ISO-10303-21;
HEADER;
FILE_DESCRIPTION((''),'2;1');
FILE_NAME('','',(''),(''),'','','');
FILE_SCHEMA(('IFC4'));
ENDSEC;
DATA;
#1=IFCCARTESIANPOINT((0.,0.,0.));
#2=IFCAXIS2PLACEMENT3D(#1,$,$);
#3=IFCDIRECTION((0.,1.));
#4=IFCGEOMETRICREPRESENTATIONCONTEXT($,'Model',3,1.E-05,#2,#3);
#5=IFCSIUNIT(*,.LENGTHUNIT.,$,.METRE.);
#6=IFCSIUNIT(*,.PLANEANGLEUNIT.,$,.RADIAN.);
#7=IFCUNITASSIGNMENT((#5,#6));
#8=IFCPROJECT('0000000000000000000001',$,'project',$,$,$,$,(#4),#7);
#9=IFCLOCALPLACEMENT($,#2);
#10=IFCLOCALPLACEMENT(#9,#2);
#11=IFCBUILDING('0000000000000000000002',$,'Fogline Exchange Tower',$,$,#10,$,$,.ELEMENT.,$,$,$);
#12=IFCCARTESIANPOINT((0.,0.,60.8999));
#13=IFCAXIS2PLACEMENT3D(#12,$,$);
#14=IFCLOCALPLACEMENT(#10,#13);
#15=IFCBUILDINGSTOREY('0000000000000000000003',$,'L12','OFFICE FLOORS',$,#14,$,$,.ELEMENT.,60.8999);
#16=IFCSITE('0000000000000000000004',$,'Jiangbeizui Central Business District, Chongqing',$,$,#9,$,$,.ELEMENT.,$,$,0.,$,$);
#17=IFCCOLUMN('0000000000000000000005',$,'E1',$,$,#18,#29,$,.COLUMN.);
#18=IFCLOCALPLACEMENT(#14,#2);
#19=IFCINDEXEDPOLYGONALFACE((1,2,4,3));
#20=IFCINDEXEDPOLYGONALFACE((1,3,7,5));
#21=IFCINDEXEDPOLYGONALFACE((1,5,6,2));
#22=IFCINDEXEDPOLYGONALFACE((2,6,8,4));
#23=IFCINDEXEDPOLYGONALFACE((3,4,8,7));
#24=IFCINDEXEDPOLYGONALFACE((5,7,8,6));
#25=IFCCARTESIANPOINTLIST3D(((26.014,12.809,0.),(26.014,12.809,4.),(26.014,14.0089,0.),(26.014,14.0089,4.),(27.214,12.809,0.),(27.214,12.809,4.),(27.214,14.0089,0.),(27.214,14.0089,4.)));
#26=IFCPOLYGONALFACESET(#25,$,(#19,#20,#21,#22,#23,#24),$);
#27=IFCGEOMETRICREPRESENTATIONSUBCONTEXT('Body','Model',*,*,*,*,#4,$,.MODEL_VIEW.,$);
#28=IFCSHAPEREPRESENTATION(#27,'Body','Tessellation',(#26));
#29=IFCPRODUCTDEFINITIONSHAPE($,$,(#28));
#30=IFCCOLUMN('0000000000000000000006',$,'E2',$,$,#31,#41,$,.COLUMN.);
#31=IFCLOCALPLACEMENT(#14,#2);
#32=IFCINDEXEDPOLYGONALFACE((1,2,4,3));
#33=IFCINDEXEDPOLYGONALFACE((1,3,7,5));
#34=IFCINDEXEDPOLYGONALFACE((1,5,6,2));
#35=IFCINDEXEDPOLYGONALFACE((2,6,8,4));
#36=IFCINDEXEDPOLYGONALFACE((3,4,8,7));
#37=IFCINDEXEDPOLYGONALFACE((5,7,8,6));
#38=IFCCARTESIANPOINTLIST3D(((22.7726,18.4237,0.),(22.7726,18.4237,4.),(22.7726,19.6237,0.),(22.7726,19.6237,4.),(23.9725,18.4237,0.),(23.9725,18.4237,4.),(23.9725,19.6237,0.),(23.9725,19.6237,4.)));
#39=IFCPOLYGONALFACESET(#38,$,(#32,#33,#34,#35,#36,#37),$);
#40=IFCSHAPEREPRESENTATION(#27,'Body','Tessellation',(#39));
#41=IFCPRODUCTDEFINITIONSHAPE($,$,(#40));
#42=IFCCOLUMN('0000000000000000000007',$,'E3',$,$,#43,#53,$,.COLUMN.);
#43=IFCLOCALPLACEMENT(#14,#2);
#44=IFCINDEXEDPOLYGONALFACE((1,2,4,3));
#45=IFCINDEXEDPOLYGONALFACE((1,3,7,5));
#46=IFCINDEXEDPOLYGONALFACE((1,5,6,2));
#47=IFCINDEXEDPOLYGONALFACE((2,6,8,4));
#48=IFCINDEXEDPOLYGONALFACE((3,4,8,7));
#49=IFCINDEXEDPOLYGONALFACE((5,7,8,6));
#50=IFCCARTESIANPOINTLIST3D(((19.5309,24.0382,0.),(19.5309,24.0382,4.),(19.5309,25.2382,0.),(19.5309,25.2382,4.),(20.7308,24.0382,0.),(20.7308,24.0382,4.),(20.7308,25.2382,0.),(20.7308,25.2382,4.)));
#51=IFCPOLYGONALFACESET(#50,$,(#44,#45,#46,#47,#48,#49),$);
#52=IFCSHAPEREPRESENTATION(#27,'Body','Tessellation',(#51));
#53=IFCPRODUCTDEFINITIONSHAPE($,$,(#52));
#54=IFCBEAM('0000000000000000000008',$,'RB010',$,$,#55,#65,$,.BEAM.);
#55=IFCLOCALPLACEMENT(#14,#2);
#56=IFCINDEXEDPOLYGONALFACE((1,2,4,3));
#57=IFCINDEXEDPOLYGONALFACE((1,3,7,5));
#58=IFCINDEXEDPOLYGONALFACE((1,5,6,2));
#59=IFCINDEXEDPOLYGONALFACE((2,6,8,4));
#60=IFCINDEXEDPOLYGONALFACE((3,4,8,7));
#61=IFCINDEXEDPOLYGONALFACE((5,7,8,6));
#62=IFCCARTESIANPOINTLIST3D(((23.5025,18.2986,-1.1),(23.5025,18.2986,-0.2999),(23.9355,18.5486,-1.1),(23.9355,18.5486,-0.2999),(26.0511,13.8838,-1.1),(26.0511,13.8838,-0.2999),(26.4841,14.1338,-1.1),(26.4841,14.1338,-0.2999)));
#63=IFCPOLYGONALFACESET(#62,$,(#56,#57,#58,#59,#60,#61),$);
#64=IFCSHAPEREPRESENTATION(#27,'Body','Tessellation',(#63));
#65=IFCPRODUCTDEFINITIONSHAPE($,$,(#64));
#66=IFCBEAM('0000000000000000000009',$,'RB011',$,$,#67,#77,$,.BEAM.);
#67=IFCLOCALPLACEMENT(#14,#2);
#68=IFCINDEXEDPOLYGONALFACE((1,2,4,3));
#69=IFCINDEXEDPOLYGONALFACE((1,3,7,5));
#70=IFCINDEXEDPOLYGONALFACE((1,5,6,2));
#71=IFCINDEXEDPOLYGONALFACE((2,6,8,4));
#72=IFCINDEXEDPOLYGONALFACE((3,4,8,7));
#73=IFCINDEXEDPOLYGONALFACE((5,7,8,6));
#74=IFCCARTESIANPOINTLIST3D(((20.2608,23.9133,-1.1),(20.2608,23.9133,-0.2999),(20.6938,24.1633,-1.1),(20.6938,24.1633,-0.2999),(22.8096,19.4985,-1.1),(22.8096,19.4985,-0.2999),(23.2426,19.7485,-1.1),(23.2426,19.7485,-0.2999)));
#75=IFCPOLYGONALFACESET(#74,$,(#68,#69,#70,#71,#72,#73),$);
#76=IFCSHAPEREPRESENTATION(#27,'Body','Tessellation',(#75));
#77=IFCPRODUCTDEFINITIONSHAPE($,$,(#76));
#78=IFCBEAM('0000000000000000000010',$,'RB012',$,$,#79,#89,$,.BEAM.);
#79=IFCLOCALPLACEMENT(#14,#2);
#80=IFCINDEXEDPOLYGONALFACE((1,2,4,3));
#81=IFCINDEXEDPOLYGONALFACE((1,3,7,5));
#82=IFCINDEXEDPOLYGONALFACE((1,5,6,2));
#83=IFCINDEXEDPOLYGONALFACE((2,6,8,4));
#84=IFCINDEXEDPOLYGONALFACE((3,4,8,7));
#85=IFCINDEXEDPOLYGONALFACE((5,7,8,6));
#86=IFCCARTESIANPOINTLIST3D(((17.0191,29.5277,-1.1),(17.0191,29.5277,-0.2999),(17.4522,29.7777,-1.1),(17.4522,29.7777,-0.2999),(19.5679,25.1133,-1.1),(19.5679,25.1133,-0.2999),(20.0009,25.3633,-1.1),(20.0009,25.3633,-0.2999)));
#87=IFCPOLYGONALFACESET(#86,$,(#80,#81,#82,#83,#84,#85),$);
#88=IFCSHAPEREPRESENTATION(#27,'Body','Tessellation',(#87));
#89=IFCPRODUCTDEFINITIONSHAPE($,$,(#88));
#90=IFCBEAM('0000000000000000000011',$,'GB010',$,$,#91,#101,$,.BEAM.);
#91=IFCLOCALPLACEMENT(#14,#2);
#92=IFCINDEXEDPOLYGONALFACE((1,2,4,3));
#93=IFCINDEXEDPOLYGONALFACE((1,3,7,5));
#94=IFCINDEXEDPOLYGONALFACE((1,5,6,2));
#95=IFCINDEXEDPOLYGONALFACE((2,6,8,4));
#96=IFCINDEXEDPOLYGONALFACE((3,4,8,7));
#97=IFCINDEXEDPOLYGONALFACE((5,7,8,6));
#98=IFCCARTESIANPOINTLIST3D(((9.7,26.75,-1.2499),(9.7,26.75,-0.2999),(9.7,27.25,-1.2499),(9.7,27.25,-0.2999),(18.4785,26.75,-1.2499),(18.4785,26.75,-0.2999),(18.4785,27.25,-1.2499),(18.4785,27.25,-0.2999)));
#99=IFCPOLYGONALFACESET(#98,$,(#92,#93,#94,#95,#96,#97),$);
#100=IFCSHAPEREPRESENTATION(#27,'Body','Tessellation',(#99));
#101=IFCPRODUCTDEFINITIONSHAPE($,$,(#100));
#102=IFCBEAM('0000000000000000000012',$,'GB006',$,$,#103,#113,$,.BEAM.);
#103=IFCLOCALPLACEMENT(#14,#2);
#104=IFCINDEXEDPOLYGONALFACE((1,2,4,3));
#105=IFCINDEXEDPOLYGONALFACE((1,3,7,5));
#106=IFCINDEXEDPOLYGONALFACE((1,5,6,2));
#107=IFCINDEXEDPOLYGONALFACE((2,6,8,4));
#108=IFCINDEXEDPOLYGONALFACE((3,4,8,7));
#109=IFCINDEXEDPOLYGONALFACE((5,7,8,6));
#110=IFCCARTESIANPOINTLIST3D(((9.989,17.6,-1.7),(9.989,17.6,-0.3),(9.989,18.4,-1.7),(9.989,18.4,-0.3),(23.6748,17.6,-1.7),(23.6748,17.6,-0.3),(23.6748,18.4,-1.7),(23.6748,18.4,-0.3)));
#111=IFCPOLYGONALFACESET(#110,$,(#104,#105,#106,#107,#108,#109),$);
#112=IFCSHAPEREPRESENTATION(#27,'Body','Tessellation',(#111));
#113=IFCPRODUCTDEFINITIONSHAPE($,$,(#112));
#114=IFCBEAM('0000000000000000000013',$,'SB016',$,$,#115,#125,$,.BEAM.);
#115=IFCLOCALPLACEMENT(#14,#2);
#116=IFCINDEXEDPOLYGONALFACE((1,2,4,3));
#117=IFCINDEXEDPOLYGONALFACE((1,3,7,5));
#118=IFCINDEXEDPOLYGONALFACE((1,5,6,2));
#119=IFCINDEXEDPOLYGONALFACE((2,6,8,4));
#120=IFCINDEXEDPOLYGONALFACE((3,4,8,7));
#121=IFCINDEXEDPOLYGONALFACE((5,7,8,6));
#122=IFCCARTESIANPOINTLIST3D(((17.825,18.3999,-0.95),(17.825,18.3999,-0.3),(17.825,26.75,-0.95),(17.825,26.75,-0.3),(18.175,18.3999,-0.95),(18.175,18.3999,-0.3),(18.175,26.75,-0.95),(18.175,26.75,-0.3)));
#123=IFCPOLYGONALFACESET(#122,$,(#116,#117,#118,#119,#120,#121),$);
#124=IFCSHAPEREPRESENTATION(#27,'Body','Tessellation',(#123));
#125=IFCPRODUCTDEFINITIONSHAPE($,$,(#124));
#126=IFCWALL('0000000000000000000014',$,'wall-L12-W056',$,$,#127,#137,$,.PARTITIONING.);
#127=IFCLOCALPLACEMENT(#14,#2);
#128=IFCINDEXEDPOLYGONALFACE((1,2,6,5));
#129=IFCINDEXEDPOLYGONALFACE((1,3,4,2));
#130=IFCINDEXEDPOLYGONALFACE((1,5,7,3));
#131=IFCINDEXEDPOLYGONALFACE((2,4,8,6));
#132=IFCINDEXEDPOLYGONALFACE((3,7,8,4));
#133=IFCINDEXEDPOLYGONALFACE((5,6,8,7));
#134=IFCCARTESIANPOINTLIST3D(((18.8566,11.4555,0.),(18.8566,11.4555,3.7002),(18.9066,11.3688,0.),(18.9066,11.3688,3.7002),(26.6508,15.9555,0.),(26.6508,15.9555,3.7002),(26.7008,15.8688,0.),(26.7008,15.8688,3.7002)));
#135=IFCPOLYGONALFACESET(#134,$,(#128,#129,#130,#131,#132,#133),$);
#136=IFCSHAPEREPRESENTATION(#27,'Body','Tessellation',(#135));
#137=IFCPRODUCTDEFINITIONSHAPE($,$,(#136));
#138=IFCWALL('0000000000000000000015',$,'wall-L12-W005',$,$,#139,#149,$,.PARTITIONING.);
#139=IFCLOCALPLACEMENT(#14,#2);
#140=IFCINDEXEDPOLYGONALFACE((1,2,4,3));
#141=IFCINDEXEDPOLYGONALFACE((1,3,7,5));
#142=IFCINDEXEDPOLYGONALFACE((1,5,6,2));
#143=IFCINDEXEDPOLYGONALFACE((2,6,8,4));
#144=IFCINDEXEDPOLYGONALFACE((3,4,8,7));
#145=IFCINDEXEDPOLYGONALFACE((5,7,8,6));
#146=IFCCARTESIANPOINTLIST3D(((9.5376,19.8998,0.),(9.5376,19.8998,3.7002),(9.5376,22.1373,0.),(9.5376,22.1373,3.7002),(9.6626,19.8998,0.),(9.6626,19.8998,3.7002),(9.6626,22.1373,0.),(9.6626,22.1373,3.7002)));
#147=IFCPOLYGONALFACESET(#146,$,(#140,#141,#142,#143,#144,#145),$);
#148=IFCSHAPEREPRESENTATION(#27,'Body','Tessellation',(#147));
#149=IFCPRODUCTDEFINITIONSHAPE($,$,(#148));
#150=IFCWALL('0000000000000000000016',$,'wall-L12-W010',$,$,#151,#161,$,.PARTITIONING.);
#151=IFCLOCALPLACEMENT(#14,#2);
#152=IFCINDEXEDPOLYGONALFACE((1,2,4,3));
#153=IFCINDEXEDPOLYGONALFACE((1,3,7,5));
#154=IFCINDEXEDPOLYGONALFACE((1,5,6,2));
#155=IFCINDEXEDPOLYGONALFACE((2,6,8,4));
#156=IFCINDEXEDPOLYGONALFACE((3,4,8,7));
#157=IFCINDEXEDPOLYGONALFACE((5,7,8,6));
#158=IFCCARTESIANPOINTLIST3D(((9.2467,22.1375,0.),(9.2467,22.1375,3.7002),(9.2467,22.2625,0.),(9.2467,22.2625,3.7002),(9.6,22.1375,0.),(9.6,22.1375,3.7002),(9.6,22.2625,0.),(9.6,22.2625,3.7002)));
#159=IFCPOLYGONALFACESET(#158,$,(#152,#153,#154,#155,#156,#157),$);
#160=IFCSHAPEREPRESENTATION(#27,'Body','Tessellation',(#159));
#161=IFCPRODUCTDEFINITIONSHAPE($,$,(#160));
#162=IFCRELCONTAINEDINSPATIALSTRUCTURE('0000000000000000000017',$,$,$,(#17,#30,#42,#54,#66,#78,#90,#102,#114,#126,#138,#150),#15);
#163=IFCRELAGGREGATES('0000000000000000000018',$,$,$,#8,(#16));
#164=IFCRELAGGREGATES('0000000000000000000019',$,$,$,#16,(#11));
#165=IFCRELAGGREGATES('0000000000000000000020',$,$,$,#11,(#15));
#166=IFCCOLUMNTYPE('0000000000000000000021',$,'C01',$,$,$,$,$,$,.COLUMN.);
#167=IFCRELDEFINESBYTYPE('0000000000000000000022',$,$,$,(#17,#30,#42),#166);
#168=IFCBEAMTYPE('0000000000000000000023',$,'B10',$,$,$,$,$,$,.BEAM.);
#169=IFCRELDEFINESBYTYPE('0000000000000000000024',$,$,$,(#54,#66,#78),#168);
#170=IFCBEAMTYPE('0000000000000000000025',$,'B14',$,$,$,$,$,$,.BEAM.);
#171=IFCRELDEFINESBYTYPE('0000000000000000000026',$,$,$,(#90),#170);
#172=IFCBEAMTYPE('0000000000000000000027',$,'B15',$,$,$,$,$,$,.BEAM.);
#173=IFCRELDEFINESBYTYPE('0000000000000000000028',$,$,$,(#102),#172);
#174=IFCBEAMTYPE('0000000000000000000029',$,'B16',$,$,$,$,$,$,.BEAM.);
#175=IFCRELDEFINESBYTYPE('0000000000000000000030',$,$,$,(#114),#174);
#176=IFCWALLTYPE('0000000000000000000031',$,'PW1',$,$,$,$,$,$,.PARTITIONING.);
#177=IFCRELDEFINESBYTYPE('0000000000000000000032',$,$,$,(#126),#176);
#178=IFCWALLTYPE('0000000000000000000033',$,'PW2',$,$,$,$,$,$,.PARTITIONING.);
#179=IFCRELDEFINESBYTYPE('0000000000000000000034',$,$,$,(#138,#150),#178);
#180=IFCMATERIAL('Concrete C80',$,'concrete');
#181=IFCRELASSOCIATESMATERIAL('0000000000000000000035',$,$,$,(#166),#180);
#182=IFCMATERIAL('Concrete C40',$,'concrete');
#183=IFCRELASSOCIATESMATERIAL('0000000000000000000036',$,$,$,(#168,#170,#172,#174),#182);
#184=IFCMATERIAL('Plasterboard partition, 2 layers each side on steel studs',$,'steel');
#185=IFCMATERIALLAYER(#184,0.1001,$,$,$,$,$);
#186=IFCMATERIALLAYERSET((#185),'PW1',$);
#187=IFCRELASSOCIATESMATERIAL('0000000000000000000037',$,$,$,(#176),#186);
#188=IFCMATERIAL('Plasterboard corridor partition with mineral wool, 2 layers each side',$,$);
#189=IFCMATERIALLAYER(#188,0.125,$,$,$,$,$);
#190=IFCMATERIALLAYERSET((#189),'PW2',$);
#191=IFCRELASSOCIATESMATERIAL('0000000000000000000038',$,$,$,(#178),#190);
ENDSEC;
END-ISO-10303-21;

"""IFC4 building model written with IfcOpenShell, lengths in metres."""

from ifc_helpers import new_model, si_unit, direction, frame, frame_2d, origin, origin_2d, place, context, subcontext, project, spatial, rectangle, extrude, material, layer, layer_set, material_profile, profile_set, type_object, element, save


model = new_model("IFC4")

# Units and contexts
model_context = context("Model", 3, precision=1e-05, world=origin(), true_north=direction((0.0, 1.0)))
body_context = subcontext(model_context, "Body", "Model", "MODEL_VIEW")
ifc_project = project(units=[si_unit("LENGTHUNIT", "METRE"), si_unit("PLANEANGLEUNIT", "RADIAN")], contexts=[model_context])

# Site, building, storey
site_placement = place(None, origin())
site = spatial("IfcSite", under=ifc_project, at=site_placement, Name="Jiangbeizui Central Business District, Chongqing", CompositionType="ELEMENT", RefElevation=0.0)
building_placement = place(site_placement, origin())
building = spatial("IfcBuilding", under=site, at=building_placement, Name="Fogline Exchange Tower", CompositionType="ELEMENT")
storey_placement = place(building_placement, frame((0.0, 0.0, 60.8999)))
storey = spatial("IfcBuildingStorey", under=building, at=storey_placement, Name="L12", Description="OFFICE FLOORS", CompositionType="ELEMENT", Elevation=60.8999)

# Columns
ifc_material_1 = material(Name="Concrete C80", Category="concrete")
ifc_material_profile_1 = material_profile(ifc_material_1, rectangle(XDim=1.2, YDim=1.2, at=origin_2d()), Name="RC 1200x1200")
ifc_profile_set_1 = profile_set([ifc_material_profile_1], Name="Concrete C80")
column_type = type_object("IfcColumnType", Name="C01", PredefinedType="COLUMN", material=ifc_profile_set_1)
for number, where, z_axis, x_axis, name in (
    (1, (26.614, 13.4089, 0.0), (0.0, 0.0, 1.0), (1.0, 0.0, 0.0), "E1"),
    (2, (23.3726, 19.0237, 0.0), (0.0, 0.0, 1.0), (1.0, 0.0, 0.0), "E2"),
    (3, (20.1309, 24.6382, 0.0), (0.0, 0.0, 1.0), (1.0, 0.0, 0.0), "E3"),
):
    element("IfcColumn", number, at=place(storey_placement, frame(where, z_axis=z_axis, x_axis=x_axis)), inside=storey, type_object=column_type, Name=name, PredefinedType="COLUMN", context=body_context, shape_type="SweptSolid", body=[
        extrude(rectangle(XDim=1.2, YDim=1.2, at=origin_2d()), origin(), (0.0, 0.0, 1.0), 4.0),
    ])

# Beams
ifc_material_2 = material(Name="Concrete C40", Category="concrete")
ifc_material_profile_2 = material_profile(ifc_material_2, rectangle(XDim=0.5, YDim=0.8, at=origin_2d()), Name="RC 500x800")
ifc_profile_set_2 = profile_set([ifc_material_profile_2], Name="Concrete C40")
beam_type_1 = type_object("IfcBeamType", Name="B10", PredefinedType="BEAM", material=ifc_profile_set_2)
for number, where, z_axis, x_axis, name in (
    (4, (26.2676, 14.0088, -0.7), (-0.499956, 0.866051, 0.0), (-0.866051, -0.499956, 0.0), "RB010"),
    (5, (23.0261, 19.6235, -0.7), (-0.499992, 0.86603, 0.0), (-0.86603, -0.499992, 0.0), "RB011"),
):
    element("IfcBeam", number, at=place(storey_placement, frame(where, z_axis=z_axis, x_axis=x_axis)), inside=storey, type_object=beam_type_1, Name=name, PredefinedType="BEAM", context=body_context, shape_type="SweptSolid", body=[
        extrude(rectangle(XDim=0.5, YDim=0.8, at=origin_2d()), origin(), (0.0, 0.0, 1.0), 5.0977),
    ])
beam_1_placement = place(storey_placement, frame((19.7844, 25.2383, -0.7), z_axis=(-0.500013, 0.866018, 0.0), x_axis=(-0.866018, -0.500013, 0.0)))
element("IfcBeam", 6, at=beam_1_placement, inside=storey, type_object=beam_type_1, Name="RB012", PredefinedType="BEAM", context=body_context, shape_type="SweptSolid", body=[
    extrude(rectangle(XDim=0.5, YDim=0.8, at=origin_2d()), origin(), (0.0, 0.0, 1.0), 5.0974),
])
ifc_material_profile_3 = material_profile(ifc_material_2, rectangle(XDim=0.5, YDim=0.95, at=origin_2d()), Name="RC 500x950")
ifc_profile_set_3 = profile_set([ifc_material_profile_3], Name="Concrete C40")
beam_type_2 = type_object("IfcBeamType", Name="B14", PredefinedType="BEAM", material=ifc_profile_set_3)
beam_2_placement = place(storey_placement, frame((9.7, 27.0, -0.7749), z_axis=(1.0, 0.0, 0.0), x_axis=(0.0, 1.0, 0.0)))
element("IfcBeam", 7, at=beam_2_placement, inside=storey, type_object=beam_type_2, Name="GB010", PredefinedType="BEAM", context=body_context, shape_type="SweptSolid", body=[
    extrude(rectangle(XDim=0.5, YDim=0.95, at=origin_2d()), origin(), (0.0, 0.0, 1.0), 8.7786),
])
ifc_material_profile_4 = material_profile(ifc_material_2, rectangle(XDim=0.8, YDim=1.3999, at=origin_2d()), Name="RC 800x1400")
ifc_profile_set_4 = profile_set([ifc_material_profile_4], Name="Concrete C40")
beam_type_3 = type_object("IfcBeamType", Name="B15", PredefinedType="BEAM", material=ifc_profile_set_4)
beam_3_placement = place(storey_placement, frame((9.989, 18.0, -1.0), z_axis=(1.0, 0.0, 0.0), x_axis=(0.0, 1.0, 0.0)))
element("IfcBeam", 8, at=beam_3_placement, inside=storey, type_object=beam_type_3, Name="GB006", PredefinedType="BEAM", context=body_context, shape_type="SweptSolid", body=[
    extrude(rectangle(XDim=0.8, YDim=1.3999, at=origin_2d()), origin(), (0.0, 0.0, 1.0), 13.6858),
])
ifc_material_profile_5 = material_profile(ifc_material_2, rectangle(XDim=0.3501, YDim=0.6499, at=origin_2d()), Name="RC 350x650")
ifc_profile_set_5 = profile_set([ifc_material_profile_5], Name="Concrete C40")
beam_type_4 = type_object("IfcBeamType", Name="B16", PredefinedType="BEAM", material=ifc_profile_set_5)
beam_4_placement = place(storey_placement, frame((18.0, 18.3999, -0.625), z_axis=(0.0, 1.0, 0.0), x_axis=(-1.0, 0.0, 0.0)))
element("IfcBeam", 9, at=beam_4_placement, inside=storey, type_object=beam_type_4, Name="SB016", PredefinedType="BEAM", context=body_context, shape_type="SweptSolid", body=[
    extrude(rectangle(XDim=0.3501, YDim=0.6499, at=origin_2d()), origin(), (0.0, 0.0, 1.0), 8.3501),
])

# Walls
ifc_material_3 = material(Name="Plasterboard partition, 2 layers each side on steel studs", Category="steel")
ifc_layer_1 = layer(ifc_material_3, 0.1001)
ifc_layer_set_1 = layer_set([ifc_layer_1], Name="PW1")
wall_type_1 = type_object("IfcWallType", Name="PW1", PredefinedType="PARTITIONING", material=ifc_layer_set_1)
wall_1_placement = place(storey_placement, frame((18.8816, 11.4121, 0.0), z_axis=(0.0, 0.0, 1.0), x_axis=(0.866024, 0.500002, 0.0)))
element("IfcWall", 10, at=wall_1_placement, inside=storey, type_object=wall_type_1, Name="wall-L12-W056", PredefinedType="PARTITIONING", context=body_context, shape_type="SweptSolid", body=[
    extrude(rectangle(XDim=9.0, YDim=0.1001, at=frame_2d((4.5, 0.0))), origin(), (0.0, 0.0, 1.0), 3.7002),
])
ifc_material_4 = material(Name="Plasterboard corridor partition with mineral wool, 2 layers each side")
ifc_layer_2 = layer(ifc_material_4, 0.125)
ifc_layer_set_2 = layer_set([ifc_layer_2], Name="PW2")
wall_type_2 = type_object("IfcWallType", Name="PW2", PredefinedType="PARTITIONING", material=ifc_layer_set_2)
wall_2_placement = place(storey_placement, frame((9.6001, 19.8999, 0.0), z_axis=(0.0, 0.0, 1.0), x_axis=(0.0, 1.0, 0.0)))
element("IfcWall", 11, at=wall_2_placement, inside=storey, type_object=wall_type_2, Name="wall-L12-W005", PredefinedType="PARTITIONING", context=body_context, shape_type="SweptSolid", body=[
    extrude(rectangle(XDim=2.2375, YDim=0.125, at=frame_2d((1.1187, 0.0))), origin(), (0.0, 0.0, 1.0), 3.7002),
])
wall_3_placement = place(storey_placement, frame((9.6001, 22.2, 0.0), z_axis=(0.0, 0.0, 1.0), x_axis=(-1.0, 0.0, 0.0)))
element("IfcWall", 12, at=wall_3_placement, inside=storey, type_object=wall_type_2, Name="wall-L12-W010", PredefinedType="PARTITIONING", context=body_context, shape_type="SweptSolid", body=[
    extrude(rectangle(XDim=0.3533, YDim=0.125, at=frame_2d((0.1768, 0.0))), origin(), (0.0, 0.0, 1.0), 3.7002),
])

save(model, "model.ifc")
